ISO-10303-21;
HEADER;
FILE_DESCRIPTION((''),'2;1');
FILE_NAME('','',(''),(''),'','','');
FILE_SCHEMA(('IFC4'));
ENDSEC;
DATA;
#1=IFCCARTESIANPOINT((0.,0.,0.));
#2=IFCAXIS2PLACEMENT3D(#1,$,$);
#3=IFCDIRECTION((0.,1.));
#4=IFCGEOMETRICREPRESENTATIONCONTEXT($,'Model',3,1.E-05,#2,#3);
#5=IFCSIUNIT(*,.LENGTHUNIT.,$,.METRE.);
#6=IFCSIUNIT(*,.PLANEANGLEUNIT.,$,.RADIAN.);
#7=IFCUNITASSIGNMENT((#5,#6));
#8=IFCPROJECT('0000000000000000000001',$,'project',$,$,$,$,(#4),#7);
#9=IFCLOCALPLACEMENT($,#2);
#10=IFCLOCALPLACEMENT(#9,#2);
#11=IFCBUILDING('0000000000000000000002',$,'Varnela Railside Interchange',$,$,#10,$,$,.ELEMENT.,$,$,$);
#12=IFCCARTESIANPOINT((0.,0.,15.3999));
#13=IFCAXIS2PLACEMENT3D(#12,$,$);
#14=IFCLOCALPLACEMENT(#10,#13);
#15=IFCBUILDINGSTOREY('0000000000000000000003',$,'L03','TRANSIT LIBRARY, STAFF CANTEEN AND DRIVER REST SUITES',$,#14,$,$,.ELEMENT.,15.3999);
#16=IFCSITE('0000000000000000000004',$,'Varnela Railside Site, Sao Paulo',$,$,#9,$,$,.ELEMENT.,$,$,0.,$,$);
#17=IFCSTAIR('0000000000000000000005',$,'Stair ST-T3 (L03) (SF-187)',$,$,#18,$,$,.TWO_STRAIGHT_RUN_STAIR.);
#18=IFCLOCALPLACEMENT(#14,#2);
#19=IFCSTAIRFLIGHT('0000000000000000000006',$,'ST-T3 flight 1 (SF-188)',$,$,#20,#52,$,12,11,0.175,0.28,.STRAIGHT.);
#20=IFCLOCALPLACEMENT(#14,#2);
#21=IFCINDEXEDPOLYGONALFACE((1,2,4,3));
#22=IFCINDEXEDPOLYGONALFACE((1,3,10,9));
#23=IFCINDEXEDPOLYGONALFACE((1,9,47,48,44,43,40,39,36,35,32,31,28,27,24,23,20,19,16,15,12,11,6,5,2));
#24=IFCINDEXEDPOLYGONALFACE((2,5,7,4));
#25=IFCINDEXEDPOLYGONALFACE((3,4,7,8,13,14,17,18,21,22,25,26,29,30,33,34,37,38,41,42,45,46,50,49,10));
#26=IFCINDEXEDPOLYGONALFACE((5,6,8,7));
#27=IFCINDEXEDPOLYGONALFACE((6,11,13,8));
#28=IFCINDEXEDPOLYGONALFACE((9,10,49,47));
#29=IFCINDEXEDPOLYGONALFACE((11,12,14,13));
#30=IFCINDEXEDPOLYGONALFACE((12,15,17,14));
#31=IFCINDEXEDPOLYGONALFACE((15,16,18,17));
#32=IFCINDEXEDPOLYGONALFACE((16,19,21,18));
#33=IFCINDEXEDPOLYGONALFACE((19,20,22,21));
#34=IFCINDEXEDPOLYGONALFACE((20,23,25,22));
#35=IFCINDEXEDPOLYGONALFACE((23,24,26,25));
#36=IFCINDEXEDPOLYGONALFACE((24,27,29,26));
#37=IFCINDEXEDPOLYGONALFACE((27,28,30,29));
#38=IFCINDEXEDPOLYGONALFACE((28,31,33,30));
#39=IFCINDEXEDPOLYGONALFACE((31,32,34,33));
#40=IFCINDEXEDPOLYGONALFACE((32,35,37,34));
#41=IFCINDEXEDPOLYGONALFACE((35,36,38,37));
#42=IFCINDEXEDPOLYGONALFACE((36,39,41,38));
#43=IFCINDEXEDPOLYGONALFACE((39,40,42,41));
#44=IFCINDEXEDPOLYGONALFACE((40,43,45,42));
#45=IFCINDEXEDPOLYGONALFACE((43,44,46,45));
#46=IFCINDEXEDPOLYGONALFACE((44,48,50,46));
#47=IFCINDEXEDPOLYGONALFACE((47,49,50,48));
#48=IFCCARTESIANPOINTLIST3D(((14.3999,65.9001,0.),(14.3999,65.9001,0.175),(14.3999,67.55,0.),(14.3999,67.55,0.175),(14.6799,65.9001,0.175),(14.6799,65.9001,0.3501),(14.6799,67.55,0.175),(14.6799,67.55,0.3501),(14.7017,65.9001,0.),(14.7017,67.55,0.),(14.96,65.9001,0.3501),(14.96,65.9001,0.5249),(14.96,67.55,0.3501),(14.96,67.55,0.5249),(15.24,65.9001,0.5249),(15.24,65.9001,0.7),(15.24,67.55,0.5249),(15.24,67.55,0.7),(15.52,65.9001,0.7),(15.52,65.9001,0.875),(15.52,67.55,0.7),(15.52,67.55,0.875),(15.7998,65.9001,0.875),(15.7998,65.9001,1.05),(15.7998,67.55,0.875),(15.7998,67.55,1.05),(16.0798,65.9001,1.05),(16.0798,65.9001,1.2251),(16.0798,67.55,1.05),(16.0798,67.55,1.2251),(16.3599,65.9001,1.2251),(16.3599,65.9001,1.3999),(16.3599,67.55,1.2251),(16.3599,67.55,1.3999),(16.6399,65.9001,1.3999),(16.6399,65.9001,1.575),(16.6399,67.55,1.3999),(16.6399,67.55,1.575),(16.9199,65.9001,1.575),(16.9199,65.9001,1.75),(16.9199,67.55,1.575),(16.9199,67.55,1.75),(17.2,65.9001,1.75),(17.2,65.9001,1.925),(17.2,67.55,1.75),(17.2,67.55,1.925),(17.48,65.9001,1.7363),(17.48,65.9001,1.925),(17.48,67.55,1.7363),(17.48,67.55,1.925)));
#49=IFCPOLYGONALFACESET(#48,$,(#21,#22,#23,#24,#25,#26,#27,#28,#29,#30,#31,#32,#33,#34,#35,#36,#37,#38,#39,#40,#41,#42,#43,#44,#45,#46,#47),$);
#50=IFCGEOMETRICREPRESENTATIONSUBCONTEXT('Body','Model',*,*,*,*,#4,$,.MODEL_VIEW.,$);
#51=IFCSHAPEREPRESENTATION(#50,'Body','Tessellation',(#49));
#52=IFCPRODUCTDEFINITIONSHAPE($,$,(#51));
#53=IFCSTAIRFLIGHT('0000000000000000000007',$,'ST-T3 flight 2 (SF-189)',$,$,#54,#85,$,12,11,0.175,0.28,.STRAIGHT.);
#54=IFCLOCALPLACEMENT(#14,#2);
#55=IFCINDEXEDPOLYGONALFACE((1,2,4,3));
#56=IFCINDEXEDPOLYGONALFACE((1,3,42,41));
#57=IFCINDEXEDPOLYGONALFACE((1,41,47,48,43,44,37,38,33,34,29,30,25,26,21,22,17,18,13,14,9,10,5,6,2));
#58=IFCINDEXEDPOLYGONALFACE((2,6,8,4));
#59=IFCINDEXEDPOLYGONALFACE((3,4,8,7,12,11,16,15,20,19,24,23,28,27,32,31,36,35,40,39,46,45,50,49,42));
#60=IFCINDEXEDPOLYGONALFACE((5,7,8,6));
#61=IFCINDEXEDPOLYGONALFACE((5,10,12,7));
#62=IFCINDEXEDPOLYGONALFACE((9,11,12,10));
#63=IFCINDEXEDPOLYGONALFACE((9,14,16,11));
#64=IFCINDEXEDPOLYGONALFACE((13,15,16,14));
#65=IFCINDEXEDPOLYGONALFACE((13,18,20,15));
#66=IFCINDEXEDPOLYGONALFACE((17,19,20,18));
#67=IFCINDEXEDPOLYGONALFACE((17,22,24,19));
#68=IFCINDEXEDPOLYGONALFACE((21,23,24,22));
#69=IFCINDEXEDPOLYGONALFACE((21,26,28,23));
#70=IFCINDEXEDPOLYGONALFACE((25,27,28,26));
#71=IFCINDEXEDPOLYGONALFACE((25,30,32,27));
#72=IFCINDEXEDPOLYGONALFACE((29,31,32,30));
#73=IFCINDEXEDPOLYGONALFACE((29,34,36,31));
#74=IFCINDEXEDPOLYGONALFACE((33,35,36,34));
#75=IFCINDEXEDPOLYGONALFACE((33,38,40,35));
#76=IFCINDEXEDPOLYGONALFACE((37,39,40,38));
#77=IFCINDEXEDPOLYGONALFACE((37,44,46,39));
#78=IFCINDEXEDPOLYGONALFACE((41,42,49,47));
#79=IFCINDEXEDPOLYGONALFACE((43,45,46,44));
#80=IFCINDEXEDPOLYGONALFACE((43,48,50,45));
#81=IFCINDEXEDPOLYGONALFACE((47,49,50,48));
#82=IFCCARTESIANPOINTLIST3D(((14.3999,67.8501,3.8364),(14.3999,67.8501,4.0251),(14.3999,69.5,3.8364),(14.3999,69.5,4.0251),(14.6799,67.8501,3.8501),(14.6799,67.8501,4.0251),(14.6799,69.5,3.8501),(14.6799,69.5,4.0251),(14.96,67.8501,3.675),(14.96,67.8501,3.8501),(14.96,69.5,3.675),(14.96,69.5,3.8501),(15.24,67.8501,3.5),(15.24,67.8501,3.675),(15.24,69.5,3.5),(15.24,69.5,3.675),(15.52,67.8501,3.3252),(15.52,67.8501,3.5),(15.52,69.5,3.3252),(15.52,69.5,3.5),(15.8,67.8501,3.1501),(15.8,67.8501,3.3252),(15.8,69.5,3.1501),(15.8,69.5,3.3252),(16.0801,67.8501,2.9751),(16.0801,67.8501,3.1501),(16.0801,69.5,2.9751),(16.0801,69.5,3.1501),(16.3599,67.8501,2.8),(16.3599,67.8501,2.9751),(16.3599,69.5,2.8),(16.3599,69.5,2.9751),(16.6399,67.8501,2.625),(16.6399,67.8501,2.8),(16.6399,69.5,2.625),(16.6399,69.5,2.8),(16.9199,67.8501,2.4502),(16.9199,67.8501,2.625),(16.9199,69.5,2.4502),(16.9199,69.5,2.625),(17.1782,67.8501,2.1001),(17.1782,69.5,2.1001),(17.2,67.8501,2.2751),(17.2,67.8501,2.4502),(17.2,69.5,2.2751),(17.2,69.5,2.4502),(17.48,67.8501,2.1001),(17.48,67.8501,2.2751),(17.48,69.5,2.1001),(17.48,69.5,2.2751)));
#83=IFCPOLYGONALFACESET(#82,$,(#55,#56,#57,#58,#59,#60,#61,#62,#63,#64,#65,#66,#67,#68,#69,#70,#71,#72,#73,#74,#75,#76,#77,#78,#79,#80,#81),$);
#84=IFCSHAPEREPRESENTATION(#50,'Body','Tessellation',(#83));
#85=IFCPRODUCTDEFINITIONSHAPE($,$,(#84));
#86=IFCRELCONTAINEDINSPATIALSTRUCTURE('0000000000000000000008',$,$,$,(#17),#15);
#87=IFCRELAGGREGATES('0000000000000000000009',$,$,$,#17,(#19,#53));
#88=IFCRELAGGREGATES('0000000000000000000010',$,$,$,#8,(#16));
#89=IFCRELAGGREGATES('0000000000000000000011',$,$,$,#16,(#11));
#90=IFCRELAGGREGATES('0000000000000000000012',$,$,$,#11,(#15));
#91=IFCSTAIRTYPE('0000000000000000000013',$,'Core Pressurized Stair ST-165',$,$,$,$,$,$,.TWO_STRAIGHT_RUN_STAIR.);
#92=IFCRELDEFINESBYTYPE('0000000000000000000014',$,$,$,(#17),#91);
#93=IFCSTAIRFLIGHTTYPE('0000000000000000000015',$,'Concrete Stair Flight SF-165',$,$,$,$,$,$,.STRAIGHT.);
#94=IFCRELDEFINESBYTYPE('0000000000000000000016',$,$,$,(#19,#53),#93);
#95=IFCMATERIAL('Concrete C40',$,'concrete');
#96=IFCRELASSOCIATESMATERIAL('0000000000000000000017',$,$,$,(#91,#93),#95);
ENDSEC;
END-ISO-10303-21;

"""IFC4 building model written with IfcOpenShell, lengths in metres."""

from ifc_helpers import new_model, si_unit, direction, frame, origin, place, context, subcontext, project, spatial, polyline, outline, extrude, material, type_object, element, aggregate, save


model = new_model("IFC4")

# Units and contexts
model_context = context("Model", 3, precision=1e-05, world=origin(), true_north=direction((0.0, 1.0)))
body_context = subcontext(model_context, "Body", "Model", "MODEL_VIEW")
ifc_project = project(units=[si_unit("LENGTHUNIT", "METRE"), si_unit("PLANEANGLEUNIT", "RADIAN")], contexts=[model_context])

# Site, building, storey
site_placement = place(None, origin())
site = spatial("IfcSite", under=ifc_project, at=site_placement, Name="Varnela Railside Site, Sao Paulo", CompositionType="ELEMENT", RefElevation=0.0)
building_placement = place(site_placement, origin())
building = spatial("IfcBuilding", under=site, at=building_placement, Name="Varnela Railside Interchange", CompositionType="ELEMENT")
storey_placement = place(building_placement, frame((0.0, 0.0, 15.3999)))
storey = spatial("IfcBuildingStorey", under=building, at=storey_placement, Name="L03", Description="TRANSIT LIBRARY, STAFF CANTEEN AND DRIVER REST SUITES", CompositionType="ELEMENT", Elevation=15.3999)

# Shared definitions
ifc_material_1 = material(Name="Concrete C40", Category="concrete")

# Stair, stair flights
stair_type = type_object("IfcStairType", Name="Core Pressurized Stair ST-165", PredefinedType="TWO_STRAIGHT_RUN_STAIR", material=ifc_material_1)
stair_placement = place(storey_placement, origin())
stair = element("IfcStair", 1, at=stair_placement, inside=storey, type_object=stair_type, Name="Stair ST-T3 (L03) (SF-187)", PredefinedType="TWO_STRAIGHT_RUN_STAIR")
stair_flight_type = type_object("IfcStairFlightType", Name="Concrete Stair Flight SF-165", PredefinedType="STRAIGHT", material=ifc_material_1)
stair_flight_1_placement = place(storey_placement, frame((14.3999, 66.7251, 0.0), z_axis=(0.0, 0.0, 1.0), x_axis=(1.0, 0.0, 0.0)))
stair_flight_1 = element("IfcStairFlight", 2, at=stair_flight_1_placement, type_object=stair_flight_type, Name="ST-T3 flight 1 (SF-188)", NumberOfRisers=12, NumberOfTreads=11, PredefinedType="STRAIGHT", RiserHeight=0.175, TreadLength=0.28, context=body_context, shape_type="SweptSolid", body=[
    extrude(outline(polyline([(0.0, 0.0), (0.0, 0.175), (0.28, 0.175), (0.28, 0.3501), (0.5601, 0.3501), (0.5601, 0.5249), (0.8401, 0.5249), (0.8401, 0.7), (1.1201, 0.7), (1.1201, 0.875), (1.3999, 0.875), (1.3999, 1.05), (1.6799, 1.05), (1.6799, 1.2251), (1.96, 1.2251), (1.96, 1.3999), (2.24, 1.3999), (2.24, 1.575), (2.52, 1.575), (2.52, 1.75), (2.8, 1.75), (2.8, 1.925), (3.0801, 1.925), (3.0801, 2.1001), (3.0801, 1.7363), (0.3018, 0.0), (0.0, 0.0)])), frame((0.0, 0.825, 0.0), z_axis=(0.0, -1.0, 0.0), x_axis=(1.0, 0.0, 0.0)), (0.0, 0.0, 1.0), 1.6499),
])
stair_flight_2_placement = place(storey_placement, frame((17.48, 68.675, 2.1001), z_axis=(0.0, 0.0, 1.0), x_axis=(-1.0, 0.0, 0.0)))
stair_flight_2 = element("IfcStairFlight", 3, at=stair_flight_2_placement, type_object=stair_flight_type, Name="ST-T3 flight 2 (SF-189)", NumberOfRisers=12, NumberOfTreads=11, PredefinedType="STRAIGHT", RiserHeight=0.175, TreadLength=0.28, context=body_context, shape_type="SweptSolid", body=[
    extrude(outline(polyline([(0.0, 0.0), (0.0, 0.175), (0.28, 0.175), (0.28, 0.3501), (0.5601, 0.3501), (0.5601, 0.5249), (0.8401, 0.5249), (0.8401, 0.7), (1.1201, 0.7), (1.1201, 0.875), (1.3999, 0.875), (1.3999, 1.05), (1.6799, 1.05), (1.6799, 1.2251), (1.96, 1.2251), (1.96, 1.3999), (2.24, 1.3999), (2.24, 1.575), (2.52, 1.575), (2.52, 1.75), (2.8, 1.75), (2.8, 1.925), (3.0801, 1.925), (3.0801, 2.1001), (3.0801, 1.7363), (0.3018, 0.0), (0.0, 0.0)])), frame((0.0, 0.825, 0.0), z_axis=(0.0, -1.0, 0.0), x_axis=(1.0, 0.0, 0.0)), (0.0, 0.0, 1.0), 1.6499),
])
aggregate(stair, [stair_flight_1, stair_flight_2])

save(model, "model.ifc")
